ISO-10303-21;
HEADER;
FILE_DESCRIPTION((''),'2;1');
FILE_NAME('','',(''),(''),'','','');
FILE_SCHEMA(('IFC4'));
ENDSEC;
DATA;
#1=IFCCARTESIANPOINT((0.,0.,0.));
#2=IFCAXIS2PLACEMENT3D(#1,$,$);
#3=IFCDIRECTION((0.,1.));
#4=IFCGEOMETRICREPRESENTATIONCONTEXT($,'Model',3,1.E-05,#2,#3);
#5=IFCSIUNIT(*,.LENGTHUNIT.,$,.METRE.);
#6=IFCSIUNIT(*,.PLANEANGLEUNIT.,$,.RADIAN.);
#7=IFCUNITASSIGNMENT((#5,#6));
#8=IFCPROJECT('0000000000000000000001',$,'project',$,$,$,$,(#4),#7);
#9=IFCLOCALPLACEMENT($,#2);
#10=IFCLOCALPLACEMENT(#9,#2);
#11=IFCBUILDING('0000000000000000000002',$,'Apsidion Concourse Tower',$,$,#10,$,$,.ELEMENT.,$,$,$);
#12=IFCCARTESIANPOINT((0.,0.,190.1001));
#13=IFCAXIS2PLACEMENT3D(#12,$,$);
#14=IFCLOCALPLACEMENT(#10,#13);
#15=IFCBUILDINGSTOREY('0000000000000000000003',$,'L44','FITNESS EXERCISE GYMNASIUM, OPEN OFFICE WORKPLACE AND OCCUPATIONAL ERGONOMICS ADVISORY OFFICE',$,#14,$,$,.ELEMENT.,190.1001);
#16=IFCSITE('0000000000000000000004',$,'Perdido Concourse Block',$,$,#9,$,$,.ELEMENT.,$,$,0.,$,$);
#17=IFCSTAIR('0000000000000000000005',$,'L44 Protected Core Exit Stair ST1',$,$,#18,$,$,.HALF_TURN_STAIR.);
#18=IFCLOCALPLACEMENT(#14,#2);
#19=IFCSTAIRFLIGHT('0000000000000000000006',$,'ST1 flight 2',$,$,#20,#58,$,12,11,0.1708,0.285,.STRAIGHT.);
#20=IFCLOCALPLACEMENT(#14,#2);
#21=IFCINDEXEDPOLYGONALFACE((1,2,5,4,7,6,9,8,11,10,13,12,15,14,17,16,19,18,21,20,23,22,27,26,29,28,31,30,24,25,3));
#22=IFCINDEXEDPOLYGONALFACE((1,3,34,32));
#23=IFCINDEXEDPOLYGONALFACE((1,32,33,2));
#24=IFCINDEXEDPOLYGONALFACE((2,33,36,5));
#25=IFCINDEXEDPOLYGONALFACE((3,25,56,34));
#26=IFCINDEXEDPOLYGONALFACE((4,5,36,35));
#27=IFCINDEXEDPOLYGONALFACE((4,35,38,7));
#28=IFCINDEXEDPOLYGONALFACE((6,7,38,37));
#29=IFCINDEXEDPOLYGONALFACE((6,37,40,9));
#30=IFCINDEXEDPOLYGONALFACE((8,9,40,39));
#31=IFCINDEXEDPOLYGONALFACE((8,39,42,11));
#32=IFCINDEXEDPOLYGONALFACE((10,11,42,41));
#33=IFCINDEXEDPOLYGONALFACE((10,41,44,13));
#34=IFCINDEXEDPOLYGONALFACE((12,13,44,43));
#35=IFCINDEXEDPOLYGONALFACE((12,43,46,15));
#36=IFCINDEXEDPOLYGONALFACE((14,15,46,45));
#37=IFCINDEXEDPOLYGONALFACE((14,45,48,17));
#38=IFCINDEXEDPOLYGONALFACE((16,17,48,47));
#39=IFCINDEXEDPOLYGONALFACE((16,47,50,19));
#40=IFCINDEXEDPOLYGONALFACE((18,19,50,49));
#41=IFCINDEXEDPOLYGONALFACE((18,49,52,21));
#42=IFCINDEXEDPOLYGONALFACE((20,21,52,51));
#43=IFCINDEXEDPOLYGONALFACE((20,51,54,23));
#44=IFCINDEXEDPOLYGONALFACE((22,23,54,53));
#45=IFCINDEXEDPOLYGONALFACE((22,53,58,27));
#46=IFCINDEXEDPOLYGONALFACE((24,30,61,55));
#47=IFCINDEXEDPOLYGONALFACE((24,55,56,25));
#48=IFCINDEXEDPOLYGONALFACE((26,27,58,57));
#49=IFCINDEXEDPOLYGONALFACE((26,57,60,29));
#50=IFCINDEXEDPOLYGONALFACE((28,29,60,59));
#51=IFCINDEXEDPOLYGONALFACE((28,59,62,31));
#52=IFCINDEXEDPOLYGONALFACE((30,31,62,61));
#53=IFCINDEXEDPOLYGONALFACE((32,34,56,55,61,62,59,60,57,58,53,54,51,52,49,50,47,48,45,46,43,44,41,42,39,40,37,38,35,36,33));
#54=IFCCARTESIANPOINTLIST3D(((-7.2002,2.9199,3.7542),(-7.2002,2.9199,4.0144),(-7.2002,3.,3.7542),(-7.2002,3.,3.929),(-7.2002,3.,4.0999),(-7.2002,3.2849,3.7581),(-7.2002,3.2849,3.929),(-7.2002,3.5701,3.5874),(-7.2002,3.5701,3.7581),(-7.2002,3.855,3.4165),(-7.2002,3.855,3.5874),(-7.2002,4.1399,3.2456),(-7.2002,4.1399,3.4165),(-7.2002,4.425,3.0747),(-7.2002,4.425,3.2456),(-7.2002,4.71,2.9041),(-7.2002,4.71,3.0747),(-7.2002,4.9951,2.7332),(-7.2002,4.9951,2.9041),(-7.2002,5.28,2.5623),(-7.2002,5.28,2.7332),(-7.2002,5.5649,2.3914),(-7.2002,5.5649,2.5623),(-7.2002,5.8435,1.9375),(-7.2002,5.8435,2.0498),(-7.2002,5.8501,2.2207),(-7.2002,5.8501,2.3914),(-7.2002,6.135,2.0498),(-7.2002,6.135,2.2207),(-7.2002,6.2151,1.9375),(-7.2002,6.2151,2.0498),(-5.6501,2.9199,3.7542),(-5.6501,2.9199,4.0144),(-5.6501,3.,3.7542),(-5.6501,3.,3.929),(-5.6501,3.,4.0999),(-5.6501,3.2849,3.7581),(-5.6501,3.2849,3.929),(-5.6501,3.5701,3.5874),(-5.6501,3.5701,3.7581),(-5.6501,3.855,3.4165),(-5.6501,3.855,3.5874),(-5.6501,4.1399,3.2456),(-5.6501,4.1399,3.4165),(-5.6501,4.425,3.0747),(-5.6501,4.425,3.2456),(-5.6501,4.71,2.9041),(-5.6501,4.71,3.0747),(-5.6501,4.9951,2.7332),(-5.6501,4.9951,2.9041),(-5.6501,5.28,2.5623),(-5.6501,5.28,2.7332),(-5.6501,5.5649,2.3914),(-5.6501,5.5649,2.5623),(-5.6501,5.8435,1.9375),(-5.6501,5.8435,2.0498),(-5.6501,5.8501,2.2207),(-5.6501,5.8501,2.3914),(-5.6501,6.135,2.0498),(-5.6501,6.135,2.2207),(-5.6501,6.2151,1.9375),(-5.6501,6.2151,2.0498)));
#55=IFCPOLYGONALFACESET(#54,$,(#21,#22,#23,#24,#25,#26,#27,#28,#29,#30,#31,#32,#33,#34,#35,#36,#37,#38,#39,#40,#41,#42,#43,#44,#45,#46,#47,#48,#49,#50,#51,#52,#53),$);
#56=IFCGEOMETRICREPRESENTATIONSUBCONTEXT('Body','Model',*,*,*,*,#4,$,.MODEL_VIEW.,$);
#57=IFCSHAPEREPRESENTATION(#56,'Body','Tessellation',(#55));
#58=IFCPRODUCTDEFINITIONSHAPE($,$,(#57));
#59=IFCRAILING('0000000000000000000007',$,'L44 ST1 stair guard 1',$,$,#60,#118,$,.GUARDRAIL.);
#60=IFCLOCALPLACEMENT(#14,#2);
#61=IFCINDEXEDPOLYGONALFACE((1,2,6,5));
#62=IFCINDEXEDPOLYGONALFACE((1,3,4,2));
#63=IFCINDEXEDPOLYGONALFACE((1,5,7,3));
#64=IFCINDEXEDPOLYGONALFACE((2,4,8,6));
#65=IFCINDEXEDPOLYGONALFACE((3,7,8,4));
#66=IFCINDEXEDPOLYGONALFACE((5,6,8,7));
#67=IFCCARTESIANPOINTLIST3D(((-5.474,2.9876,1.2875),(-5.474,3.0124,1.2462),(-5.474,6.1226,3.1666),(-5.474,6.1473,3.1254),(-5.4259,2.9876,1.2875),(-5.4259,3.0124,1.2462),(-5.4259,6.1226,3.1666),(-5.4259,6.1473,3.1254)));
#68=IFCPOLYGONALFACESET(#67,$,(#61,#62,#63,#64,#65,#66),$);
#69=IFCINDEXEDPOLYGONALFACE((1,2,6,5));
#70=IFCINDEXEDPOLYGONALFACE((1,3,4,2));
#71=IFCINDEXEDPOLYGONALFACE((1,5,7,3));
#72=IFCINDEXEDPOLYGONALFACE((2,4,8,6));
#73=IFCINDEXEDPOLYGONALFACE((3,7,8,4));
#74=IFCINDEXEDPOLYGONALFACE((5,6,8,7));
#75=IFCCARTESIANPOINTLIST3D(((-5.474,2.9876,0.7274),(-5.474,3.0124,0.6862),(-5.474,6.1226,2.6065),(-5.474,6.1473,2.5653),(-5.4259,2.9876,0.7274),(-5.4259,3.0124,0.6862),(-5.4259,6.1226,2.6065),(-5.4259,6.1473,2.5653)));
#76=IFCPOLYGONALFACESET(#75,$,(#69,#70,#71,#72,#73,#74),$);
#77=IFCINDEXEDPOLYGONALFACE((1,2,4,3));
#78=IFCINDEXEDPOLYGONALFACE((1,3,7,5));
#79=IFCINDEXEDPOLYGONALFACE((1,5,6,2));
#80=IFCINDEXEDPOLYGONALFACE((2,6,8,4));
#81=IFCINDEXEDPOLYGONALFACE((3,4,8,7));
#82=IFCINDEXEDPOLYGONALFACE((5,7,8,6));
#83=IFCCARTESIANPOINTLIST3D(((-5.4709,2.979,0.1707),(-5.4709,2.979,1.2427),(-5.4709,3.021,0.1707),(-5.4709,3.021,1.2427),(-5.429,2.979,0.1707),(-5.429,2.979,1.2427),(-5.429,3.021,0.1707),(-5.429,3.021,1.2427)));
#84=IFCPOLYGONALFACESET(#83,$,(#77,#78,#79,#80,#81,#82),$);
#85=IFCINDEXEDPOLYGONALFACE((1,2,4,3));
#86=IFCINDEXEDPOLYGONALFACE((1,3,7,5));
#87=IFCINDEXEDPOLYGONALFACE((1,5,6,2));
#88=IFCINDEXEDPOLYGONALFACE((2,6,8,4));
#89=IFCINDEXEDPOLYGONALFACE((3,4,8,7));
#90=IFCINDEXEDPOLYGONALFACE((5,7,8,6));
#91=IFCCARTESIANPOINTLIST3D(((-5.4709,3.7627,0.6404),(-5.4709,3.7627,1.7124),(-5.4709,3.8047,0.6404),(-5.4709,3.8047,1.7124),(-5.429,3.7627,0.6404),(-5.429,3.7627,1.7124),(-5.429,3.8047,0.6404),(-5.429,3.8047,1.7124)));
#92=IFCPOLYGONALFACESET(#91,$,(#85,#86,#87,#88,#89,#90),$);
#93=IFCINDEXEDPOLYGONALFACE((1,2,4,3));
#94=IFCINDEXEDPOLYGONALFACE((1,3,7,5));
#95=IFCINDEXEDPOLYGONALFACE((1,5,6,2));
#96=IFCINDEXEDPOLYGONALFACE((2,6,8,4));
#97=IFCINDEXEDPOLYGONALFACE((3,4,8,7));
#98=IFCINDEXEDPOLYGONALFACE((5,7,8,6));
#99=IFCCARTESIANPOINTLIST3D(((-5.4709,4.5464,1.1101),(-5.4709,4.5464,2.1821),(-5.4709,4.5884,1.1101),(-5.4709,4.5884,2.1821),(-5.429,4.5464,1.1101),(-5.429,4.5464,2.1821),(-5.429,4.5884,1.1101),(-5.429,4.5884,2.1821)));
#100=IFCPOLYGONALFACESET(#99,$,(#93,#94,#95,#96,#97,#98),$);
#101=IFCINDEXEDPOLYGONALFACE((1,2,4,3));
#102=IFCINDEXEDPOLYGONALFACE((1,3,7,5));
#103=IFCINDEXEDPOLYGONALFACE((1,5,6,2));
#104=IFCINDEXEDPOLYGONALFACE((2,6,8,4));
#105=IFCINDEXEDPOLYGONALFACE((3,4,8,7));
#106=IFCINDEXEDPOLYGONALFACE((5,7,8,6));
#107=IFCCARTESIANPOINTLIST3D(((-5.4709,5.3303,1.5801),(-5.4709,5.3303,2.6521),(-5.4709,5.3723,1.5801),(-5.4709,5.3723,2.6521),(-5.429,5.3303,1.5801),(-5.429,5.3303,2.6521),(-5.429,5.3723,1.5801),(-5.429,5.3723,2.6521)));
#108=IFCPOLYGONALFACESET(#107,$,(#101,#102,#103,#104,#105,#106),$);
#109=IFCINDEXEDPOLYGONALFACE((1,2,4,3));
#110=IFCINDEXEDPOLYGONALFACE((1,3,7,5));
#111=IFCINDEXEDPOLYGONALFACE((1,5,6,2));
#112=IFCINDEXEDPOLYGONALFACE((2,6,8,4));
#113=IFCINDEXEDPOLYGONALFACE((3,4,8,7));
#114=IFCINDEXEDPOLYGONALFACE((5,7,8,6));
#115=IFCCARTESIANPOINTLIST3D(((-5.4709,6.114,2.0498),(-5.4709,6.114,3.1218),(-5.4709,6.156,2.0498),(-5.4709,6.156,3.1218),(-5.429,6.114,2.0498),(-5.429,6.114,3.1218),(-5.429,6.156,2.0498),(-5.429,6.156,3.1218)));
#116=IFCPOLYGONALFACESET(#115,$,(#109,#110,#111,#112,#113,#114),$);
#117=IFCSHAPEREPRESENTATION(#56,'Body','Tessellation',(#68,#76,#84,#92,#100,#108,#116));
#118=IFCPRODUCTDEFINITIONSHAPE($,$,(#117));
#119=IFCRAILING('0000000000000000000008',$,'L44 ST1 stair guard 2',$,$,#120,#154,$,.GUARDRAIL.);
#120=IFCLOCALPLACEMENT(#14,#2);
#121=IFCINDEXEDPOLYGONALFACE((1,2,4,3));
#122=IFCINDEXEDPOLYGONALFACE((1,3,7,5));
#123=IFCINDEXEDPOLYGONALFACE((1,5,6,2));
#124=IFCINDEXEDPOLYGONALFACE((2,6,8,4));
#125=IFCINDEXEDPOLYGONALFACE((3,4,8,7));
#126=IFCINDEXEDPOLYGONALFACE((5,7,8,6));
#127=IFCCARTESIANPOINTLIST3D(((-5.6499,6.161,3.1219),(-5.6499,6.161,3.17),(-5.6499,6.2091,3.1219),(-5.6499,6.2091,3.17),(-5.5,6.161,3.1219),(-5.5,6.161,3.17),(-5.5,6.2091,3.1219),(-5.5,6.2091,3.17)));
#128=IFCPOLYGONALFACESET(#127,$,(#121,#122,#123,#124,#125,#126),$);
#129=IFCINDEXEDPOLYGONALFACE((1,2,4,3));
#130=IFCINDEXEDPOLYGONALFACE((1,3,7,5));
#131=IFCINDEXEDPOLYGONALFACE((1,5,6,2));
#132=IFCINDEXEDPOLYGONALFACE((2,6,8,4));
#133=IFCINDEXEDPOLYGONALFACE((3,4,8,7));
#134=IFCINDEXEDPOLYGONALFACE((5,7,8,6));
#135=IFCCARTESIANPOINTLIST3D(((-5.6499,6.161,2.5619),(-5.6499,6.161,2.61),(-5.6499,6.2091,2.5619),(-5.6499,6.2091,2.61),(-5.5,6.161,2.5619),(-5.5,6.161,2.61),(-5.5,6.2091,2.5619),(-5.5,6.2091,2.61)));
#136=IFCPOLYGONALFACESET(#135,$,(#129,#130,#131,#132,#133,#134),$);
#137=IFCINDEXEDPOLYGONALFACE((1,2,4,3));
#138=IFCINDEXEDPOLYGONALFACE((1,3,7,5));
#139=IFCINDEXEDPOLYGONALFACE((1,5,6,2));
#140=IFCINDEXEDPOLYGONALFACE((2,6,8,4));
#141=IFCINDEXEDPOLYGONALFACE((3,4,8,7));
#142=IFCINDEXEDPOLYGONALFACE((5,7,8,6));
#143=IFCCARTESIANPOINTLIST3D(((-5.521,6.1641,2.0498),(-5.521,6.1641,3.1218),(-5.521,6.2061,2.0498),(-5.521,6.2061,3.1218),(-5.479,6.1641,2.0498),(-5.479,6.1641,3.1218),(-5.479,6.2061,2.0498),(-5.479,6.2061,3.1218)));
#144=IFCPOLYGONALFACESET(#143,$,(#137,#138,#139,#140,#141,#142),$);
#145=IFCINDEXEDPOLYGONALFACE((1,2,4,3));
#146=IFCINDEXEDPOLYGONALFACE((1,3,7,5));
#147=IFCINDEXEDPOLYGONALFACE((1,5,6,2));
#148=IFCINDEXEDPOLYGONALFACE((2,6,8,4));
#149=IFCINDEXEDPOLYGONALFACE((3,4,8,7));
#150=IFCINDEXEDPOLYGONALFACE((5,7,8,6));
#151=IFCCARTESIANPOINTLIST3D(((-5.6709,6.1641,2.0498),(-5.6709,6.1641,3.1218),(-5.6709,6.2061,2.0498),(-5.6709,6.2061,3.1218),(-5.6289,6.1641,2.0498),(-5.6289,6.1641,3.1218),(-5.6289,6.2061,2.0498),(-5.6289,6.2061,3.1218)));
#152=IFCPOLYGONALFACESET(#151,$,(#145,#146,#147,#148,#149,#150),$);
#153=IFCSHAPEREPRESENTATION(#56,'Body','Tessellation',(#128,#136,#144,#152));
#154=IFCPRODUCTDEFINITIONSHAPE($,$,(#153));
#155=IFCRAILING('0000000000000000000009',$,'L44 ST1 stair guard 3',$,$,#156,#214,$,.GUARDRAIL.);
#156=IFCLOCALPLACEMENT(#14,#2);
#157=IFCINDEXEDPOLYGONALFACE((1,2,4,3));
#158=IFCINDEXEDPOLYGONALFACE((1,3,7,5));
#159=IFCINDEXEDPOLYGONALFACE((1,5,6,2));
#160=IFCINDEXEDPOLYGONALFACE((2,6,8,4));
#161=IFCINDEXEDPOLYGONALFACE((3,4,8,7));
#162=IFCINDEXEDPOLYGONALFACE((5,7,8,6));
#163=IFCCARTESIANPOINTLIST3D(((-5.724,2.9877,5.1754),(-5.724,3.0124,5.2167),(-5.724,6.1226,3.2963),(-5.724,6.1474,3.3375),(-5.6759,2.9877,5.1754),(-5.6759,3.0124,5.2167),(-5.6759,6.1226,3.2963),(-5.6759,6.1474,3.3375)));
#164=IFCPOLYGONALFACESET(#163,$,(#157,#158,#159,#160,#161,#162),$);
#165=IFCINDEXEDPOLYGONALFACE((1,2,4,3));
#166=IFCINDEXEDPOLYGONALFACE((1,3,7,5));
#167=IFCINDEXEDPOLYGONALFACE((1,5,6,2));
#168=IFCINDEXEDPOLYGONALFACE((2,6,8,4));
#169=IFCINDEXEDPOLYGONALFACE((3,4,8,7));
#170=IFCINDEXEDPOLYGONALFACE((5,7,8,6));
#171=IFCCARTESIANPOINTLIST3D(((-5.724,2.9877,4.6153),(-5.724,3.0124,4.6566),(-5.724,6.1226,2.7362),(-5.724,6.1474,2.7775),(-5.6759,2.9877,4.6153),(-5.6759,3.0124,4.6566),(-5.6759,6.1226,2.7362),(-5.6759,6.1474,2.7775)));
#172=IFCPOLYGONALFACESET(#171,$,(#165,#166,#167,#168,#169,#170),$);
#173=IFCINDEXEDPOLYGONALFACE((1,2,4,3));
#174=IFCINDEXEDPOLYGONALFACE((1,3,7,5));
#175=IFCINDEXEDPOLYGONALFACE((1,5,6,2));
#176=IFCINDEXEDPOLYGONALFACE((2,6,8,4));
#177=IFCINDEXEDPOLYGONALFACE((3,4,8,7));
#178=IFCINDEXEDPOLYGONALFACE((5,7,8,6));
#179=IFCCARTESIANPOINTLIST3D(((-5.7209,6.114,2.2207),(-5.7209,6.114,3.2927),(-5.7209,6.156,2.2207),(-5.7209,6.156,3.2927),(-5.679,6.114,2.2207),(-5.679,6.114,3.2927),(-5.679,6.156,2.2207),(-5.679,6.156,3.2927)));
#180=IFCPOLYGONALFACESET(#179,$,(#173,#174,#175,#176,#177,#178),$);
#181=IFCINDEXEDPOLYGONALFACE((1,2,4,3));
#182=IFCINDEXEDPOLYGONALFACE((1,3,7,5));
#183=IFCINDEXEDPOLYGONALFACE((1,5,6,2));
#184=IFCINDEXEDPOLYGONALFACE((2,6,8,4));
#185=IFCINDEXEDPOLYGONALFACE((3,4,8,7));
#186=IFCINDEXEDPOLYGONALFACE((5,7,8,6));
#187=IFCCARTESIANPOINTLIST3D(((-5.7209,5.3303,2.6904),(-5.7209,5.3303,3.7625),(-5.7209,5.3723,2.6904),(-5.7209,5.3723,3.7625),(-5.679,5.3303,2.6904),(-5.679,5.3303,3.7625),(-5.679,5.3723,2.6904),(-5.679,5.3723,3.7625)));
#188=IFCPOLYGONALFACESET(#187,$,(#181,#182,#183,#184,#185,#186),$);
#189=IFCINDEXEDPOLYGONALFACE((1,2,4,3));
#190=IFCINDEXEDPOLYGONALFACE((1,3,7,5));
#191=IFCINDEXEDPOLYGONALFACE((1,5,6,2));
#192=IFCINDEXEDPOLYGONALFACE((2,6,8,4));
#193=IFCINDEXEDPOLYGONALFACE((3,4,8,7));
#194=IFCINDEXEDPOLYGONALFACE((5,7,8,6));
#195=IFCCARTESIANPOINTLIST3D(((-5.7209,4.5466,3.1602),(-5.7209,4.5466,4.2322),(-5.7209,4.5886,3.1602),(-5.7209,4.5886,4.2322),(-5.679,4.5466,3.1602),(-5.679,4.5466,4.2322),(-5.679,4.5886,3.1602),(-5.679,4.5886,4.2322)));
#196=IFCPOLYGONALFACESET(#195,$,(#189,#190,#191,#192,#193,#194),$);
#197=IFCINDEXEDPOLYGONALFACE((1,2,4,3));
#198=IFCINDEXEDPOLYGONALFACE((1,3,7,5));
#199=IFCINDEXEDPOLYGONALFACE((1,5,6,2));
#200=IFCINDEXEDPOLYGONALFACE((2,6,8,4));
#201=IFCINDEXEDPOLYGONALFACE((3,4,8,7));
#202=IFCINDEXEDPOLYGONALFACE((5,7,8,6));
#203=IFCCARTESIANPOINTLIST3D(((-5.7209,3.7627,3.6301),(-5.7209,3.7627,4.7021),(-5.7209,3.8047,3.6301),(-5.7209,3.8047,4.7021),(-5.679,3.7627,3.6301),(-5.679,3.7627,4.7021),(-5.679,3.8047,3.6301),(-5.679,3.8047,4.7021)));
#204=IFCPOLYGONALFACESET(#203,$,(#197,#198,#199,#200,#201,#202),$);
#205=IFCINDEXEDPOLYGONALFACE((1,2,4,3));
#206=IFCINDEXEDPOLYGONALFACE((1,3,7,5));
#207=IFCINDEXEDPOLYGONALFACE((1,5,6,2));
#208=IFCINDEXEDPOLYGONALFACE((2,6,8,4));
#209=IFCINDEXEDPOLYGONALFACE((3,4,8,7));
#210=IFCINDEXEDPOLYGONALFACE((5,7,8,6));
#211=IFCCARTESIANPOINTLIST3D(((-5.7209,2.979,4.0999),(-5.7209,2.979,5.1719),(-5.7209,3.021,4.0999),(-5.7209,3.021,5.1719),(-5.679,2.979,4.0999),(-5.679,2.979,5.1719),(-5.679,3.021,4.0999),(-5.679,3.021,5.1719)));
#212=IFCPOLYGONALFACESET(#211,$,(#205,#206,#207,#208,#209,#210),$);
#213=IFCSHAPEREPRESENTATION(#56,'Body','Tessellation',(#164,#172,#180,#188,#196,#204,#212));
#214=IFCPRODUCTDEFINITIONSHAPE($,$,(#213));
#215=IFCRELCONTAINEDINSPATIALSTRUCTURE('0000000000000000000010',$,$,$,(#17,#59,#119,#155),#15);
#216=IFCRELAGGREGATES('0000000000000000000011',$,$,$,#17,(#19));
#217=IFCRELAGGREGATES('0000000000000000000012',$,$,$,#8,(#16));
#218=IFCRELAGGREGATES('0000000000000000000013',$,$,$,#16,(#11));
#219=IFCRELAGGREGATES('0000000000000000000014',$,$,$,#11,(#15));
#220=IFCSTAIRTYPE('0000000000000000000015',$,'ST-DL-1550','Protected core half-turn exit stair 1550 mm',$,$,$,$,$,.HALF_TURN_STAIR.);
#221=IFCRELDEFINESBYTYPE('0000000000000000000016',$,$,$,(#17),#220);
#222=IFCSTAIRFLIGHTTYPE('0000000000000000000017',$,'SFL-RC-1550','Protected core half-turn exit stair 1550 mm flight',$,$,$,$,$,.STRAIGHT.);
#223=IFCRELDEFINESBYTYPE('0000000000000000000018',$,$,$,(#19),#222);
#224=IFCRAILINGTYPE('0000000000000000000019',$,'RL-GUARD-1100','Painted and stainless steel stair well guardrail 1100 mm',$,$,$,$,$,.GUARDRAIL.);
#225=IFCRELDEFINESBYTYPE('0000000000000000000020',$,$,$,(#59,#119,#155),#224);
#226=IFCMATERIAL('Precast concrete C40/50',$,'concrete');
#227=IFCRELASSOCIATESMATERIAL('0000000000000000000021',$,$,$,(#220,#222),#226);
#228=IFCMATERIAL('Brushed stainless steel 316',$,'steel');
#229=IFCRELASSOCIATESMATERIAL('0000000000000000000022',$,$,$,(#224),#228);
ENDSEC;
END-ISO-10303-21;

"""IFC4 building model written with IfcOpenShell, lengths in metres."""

from ifc_helpers import new_model, si_unit, direction, frame, origin, origin_2d, place, context, subcontext, project, spatial, polyline, rectangle, outline, extrude, material, type_object, element, aggregate, save


model = new_model("IFC4")

# Units and contexts
model_context = context("Model", 3, precision=1e-05, world=origin(), true_north=direction((0.0, 1.0)))
body_context = subcontext(model_context, "Body", "Model", "MODEL_VIEW")
ifc_project = project(units=[si_unit("LENGTHUNIT", "METRE"), si_unit("PLANEANGLEUNIT", "RADIAN")], contexts=[model_context])

# Site, building, storey
site_placement = place(None, origin())
site = spatial("IfcSite", under=ifc_project, at=site_placement, Name="Perdido Concourse Block", CompositionType="ELEMENT", RefElevation=0.0)
building_placement = place(site_placement, origin())
building = spatial("IfcBuilding", under=site, at=building_placement, Name="Apsidion Concourse Tower", CompositionType="ELEMENT")
storey_placement = place(building_placement, frame((0.0, 0.0, 190.1001)))
storey = spatial("IfcBuildingStorey", under=building, at=storey_placement, Name="L44", Description="FITNESS EXERCISE GYMNASIUM, OPEN OFFICE WORKPLACE AND OCCUPATIONAL ERGONOMICS ADVISORY OFFICE", CompositionType="ELEMENT", Elevation=190.1001)

# Shared definitions
ifc_material_1 = material(Name="Brushed stainless steel 316", Category="steel")

# Stair, stair flight
ifc_material_2 = material(Name="Precast concrete C40/50", Category="concrete")
stair_type = type_object("IfcStairType", Name="ST-DL-1550", Description="Protected core half-turn exit stair 1550 mm", PredefinedType="HALF_TURN_STAIR", material=ifc_material_2)
stair_placement = place(storey_placement, origin())
stair = element("IfcStair", 1, at=stair_placement, inside=storey, type_object=stair_type, Name="L44 Protected Core Exit Stair ST1", PredefinedType="HALF_TURN_STAIR")
stair_flight_type = type_object("IfcStairFlightType", Name="SFL-RC-1550", Description="Protected core half-turn exit stair 1550 mm flight", PredefinedType="STRAIGHT", material=ifc_material_2)
stair_flight_1_placement = place(storey_placement, frame((-6.425, 6.135, 2.0498), z_axis=(0.0, 0.0, 1.0), x_axis=(0.0, -1.0, 0.0)))
stair_flight_1 = element("IfcStairFlight", 2, at=stair_flight_1_placement, type_object=stair_flight_type, Name="ST1 flight 2", NumberOfRisers=12, NumberOfTreads=11, PredefinedType="STRAIGHT", RiserHeight=0.1708, TreadLength=0.285, context=body_context, shape_type="SweptSolid", body=[
    extrude(outline(polyline([(-0.0801, -0.1123), (-0.0801, 0.0), (0.0, 0.0), (0.0, 0.1709), (0.2849, 0.1709), (0.2849, 0.3416), (0.5701, 0.3416), (0.5701, 0.5125), (0.855, 0.5125), (0.855, 0.6833), (1.1399, 0.6833), (1.1399, 0.8542), (1.425, 0.8542), (1.425, 1.0249), (1.71, 1.0249), (1.71, 1.1958), (1.9951, 1.1958), (1.9951, 1.3667), (2.28, 1.3667), (2.28, 1.5376), (2.5649, 1.5376), (2.5649, 1.7083), (2.8501, 1.7083), (2.8501, 1.8792), (3.135, 1.8792), (3.135, 2.05), (3.2151, 1.9646), (3.2151, 1.7043), (3.135, 1.7043), (0.2915, 0.0), (0.2915, -0.1123), (-0.0801, -0.1123)])), frame((0.0, 0.7749, 0.0), z_axis=(0.0, -1.0, 0.0), x_axis=(1.0, 0.0, 0.0)), (0.0, 0.0, 1.0), 1.55),
])
aggregate(stair, [stair_flight_1])

# Railings
railing_type_1 = type_object("IfcRailingType", Name="RL-GUARD-1100", Description="Painted and stainless steel stair well guardrail 1100 mm", PredefinedType="GUARDRAIL", material=ifc_material_1)
railing_1_placement = place(storey_placement, frame((-5.45, 3.0, 0.1707)))
element("IfcRailing", 3, at=railing_1_placement, inside=storey, type_object=railing_type_1, Name="L44 ST1 stair guard 1", PredefinedType="GUARDRAIL", context=body_context, shape_type="SweptSolid", body=[
    extrude(rectangle(XDim=0.0481, YDim=0.0481, at=origin_2d()), frame((0.0, 0.0, 1.0962), z_axis=(0.0, 0.857717, 0.514122), x_axis=(-1.0, 0.0, 0.0)), (0.0, 0.0, 1.0), 3.655),
    extrude(rectangle(XDim=0.0481, YDim=0.0481, at=origin_2d()), frame((0.0, 0.0, 0.5361), z_axis=(0.0, 0.857717, 0.514122), x_axis=(-1.0, 0.0, 0.0)), (0.0, 0.0, 1.0), 3.655),
    extrude(rectangle(XDim=0.042, YDim=0.042, at=origin_2d()), origin(), (0.0, 0.0, 1.0), 1.072),
    extrude(rectangle(XDim=0.042, YDim=0.042, at=origin_2d()), frame((0.0, 0.7837, 0.4697)), (0.0, 0.0, 1.0), 1.072),
    extrude(rectangle(XDim=0.042, YDim=0.042, at=origin_2d()), frame((0.0, 1.5674, 0.9395)), (0.0, 0.0, 1.0), 1.072),
    extrude(rectangle(XDim=0.042, YDim=0.042, at=origin_2d()), frame((0.0, 2.3513, 1.4094)), (0.0, 0.0, 1.0), 1.072),
    extrude(rectangle(XDim=0.042, YDim=0.042, at=origin_2d()), frame((0.0, 3.135, 1.8792)), (0.0, 0.0, 1.0), 1.072),
])
railing_2_placement = place(storey_placement, frame((-5.5, 6.1851, 2.0498)))
element("IfcRailing", 4, at=railing_2_placement, inside=storey, type_object=railing_type_1, Name="L44 ST1 stair guard 2", PredefinedType="GUARDRAIL", context=body_context, shape_type="SweptSolid", body=[
    extrude(rectangle(XDim=0.0481, YDim=0.0481, at=origin_2d()), frame((0.0, 0.0, 1.0962), z_axis=(-1.0, 0.0, 0.0), x_axis=(0.0, -1.0, 0.0)), (0.0, 0.0, 1.0), 0.1499),
    extrude(rectangle(XDim=0.0481, YDim=0.0481, at=origin_2d()), frame((0.0, 0.0, 0.5361), z_axis=(-1.0, 0.0, 0.0), x_axis=(0.0, -1.0, 0.0)), (0.0, 0.0, 1.0), 0.1499),
    extrude(rectangle(XDim=0.042, YDim=0.042, at=origin_2d()), origin(), (0.0, 0.0, 1.0), 1.072),
    extrude(rectangle(XDim=0.042, YDim=0.042, at=origin_2d()), frame((-0.1499, 0.0, 0.0)), (0.0, 0.0, 1.0), 1.072),
])
railing_3_placement = place(storey_placement, frame((-5.7, 6.135, 2.2207)))
element("IfcRailing", 5, at=railing_3_placement, inside=storey, type_object=railing_type_1, Name="L44 ST1 stair guard 3", PredefinedType="GUARDRAIL", context=body_context, shape_type="SweptSolid", body=[
    extrude(rectangle(XDim=0.0481, YDim=0.0481, at=origin_2d()), frame((0.0, 0.0, 1.0962), z_axis=(0.0, -0.857717, 0.514122), x_axis=(1.0, 0.0, 0.0)), (0.0, 0.0, 1.0), 3.655),
    extrude(rectangle(XDim=0.0481, YDim=0.0481, at=origin_2d()), frame((0.0, 0.0, 0.5361), z_axis=(0.0, -0.857717, 0.514122), x_axis=(1.0, 0.0, 0.0)), (0.0, 0.0, 1.0), 3.655),
    extrude(rectangle(XDim=0.042, YDim=0.042, at=origin_2d()), origin(), (0.0, 0.0, 1.0), 1.072),
    extrude(rectangle(XDim=0.042, YDim=0.042, at=origin_2d()), frame((0.0, -0.7837, 0.4697)), (0.0, 0.0, 1.0), 1.072),
    extrude(rectangle(XDim=0.042, YDim=0.042, at=origin_2d()), frame((0.0, -1.5674, 0.9395)), (0.0, 0.0, 1.0), 1.072),
    extrude(rectangle(XDim=0.042, YDim=0.042, at=origin_2d()), frame((0.0, -2.3513, 1.4094)), (0.0, 0.0, 1.0), 1.072),
    extrude(rectangle(XDim=0.042, YDim=0.042, at=origin_2d()), frame((0.0, -3.135, 1.8792)), (0.0, 0.0, 1.0), 1.072),
])

save(model, "model.ifc")
